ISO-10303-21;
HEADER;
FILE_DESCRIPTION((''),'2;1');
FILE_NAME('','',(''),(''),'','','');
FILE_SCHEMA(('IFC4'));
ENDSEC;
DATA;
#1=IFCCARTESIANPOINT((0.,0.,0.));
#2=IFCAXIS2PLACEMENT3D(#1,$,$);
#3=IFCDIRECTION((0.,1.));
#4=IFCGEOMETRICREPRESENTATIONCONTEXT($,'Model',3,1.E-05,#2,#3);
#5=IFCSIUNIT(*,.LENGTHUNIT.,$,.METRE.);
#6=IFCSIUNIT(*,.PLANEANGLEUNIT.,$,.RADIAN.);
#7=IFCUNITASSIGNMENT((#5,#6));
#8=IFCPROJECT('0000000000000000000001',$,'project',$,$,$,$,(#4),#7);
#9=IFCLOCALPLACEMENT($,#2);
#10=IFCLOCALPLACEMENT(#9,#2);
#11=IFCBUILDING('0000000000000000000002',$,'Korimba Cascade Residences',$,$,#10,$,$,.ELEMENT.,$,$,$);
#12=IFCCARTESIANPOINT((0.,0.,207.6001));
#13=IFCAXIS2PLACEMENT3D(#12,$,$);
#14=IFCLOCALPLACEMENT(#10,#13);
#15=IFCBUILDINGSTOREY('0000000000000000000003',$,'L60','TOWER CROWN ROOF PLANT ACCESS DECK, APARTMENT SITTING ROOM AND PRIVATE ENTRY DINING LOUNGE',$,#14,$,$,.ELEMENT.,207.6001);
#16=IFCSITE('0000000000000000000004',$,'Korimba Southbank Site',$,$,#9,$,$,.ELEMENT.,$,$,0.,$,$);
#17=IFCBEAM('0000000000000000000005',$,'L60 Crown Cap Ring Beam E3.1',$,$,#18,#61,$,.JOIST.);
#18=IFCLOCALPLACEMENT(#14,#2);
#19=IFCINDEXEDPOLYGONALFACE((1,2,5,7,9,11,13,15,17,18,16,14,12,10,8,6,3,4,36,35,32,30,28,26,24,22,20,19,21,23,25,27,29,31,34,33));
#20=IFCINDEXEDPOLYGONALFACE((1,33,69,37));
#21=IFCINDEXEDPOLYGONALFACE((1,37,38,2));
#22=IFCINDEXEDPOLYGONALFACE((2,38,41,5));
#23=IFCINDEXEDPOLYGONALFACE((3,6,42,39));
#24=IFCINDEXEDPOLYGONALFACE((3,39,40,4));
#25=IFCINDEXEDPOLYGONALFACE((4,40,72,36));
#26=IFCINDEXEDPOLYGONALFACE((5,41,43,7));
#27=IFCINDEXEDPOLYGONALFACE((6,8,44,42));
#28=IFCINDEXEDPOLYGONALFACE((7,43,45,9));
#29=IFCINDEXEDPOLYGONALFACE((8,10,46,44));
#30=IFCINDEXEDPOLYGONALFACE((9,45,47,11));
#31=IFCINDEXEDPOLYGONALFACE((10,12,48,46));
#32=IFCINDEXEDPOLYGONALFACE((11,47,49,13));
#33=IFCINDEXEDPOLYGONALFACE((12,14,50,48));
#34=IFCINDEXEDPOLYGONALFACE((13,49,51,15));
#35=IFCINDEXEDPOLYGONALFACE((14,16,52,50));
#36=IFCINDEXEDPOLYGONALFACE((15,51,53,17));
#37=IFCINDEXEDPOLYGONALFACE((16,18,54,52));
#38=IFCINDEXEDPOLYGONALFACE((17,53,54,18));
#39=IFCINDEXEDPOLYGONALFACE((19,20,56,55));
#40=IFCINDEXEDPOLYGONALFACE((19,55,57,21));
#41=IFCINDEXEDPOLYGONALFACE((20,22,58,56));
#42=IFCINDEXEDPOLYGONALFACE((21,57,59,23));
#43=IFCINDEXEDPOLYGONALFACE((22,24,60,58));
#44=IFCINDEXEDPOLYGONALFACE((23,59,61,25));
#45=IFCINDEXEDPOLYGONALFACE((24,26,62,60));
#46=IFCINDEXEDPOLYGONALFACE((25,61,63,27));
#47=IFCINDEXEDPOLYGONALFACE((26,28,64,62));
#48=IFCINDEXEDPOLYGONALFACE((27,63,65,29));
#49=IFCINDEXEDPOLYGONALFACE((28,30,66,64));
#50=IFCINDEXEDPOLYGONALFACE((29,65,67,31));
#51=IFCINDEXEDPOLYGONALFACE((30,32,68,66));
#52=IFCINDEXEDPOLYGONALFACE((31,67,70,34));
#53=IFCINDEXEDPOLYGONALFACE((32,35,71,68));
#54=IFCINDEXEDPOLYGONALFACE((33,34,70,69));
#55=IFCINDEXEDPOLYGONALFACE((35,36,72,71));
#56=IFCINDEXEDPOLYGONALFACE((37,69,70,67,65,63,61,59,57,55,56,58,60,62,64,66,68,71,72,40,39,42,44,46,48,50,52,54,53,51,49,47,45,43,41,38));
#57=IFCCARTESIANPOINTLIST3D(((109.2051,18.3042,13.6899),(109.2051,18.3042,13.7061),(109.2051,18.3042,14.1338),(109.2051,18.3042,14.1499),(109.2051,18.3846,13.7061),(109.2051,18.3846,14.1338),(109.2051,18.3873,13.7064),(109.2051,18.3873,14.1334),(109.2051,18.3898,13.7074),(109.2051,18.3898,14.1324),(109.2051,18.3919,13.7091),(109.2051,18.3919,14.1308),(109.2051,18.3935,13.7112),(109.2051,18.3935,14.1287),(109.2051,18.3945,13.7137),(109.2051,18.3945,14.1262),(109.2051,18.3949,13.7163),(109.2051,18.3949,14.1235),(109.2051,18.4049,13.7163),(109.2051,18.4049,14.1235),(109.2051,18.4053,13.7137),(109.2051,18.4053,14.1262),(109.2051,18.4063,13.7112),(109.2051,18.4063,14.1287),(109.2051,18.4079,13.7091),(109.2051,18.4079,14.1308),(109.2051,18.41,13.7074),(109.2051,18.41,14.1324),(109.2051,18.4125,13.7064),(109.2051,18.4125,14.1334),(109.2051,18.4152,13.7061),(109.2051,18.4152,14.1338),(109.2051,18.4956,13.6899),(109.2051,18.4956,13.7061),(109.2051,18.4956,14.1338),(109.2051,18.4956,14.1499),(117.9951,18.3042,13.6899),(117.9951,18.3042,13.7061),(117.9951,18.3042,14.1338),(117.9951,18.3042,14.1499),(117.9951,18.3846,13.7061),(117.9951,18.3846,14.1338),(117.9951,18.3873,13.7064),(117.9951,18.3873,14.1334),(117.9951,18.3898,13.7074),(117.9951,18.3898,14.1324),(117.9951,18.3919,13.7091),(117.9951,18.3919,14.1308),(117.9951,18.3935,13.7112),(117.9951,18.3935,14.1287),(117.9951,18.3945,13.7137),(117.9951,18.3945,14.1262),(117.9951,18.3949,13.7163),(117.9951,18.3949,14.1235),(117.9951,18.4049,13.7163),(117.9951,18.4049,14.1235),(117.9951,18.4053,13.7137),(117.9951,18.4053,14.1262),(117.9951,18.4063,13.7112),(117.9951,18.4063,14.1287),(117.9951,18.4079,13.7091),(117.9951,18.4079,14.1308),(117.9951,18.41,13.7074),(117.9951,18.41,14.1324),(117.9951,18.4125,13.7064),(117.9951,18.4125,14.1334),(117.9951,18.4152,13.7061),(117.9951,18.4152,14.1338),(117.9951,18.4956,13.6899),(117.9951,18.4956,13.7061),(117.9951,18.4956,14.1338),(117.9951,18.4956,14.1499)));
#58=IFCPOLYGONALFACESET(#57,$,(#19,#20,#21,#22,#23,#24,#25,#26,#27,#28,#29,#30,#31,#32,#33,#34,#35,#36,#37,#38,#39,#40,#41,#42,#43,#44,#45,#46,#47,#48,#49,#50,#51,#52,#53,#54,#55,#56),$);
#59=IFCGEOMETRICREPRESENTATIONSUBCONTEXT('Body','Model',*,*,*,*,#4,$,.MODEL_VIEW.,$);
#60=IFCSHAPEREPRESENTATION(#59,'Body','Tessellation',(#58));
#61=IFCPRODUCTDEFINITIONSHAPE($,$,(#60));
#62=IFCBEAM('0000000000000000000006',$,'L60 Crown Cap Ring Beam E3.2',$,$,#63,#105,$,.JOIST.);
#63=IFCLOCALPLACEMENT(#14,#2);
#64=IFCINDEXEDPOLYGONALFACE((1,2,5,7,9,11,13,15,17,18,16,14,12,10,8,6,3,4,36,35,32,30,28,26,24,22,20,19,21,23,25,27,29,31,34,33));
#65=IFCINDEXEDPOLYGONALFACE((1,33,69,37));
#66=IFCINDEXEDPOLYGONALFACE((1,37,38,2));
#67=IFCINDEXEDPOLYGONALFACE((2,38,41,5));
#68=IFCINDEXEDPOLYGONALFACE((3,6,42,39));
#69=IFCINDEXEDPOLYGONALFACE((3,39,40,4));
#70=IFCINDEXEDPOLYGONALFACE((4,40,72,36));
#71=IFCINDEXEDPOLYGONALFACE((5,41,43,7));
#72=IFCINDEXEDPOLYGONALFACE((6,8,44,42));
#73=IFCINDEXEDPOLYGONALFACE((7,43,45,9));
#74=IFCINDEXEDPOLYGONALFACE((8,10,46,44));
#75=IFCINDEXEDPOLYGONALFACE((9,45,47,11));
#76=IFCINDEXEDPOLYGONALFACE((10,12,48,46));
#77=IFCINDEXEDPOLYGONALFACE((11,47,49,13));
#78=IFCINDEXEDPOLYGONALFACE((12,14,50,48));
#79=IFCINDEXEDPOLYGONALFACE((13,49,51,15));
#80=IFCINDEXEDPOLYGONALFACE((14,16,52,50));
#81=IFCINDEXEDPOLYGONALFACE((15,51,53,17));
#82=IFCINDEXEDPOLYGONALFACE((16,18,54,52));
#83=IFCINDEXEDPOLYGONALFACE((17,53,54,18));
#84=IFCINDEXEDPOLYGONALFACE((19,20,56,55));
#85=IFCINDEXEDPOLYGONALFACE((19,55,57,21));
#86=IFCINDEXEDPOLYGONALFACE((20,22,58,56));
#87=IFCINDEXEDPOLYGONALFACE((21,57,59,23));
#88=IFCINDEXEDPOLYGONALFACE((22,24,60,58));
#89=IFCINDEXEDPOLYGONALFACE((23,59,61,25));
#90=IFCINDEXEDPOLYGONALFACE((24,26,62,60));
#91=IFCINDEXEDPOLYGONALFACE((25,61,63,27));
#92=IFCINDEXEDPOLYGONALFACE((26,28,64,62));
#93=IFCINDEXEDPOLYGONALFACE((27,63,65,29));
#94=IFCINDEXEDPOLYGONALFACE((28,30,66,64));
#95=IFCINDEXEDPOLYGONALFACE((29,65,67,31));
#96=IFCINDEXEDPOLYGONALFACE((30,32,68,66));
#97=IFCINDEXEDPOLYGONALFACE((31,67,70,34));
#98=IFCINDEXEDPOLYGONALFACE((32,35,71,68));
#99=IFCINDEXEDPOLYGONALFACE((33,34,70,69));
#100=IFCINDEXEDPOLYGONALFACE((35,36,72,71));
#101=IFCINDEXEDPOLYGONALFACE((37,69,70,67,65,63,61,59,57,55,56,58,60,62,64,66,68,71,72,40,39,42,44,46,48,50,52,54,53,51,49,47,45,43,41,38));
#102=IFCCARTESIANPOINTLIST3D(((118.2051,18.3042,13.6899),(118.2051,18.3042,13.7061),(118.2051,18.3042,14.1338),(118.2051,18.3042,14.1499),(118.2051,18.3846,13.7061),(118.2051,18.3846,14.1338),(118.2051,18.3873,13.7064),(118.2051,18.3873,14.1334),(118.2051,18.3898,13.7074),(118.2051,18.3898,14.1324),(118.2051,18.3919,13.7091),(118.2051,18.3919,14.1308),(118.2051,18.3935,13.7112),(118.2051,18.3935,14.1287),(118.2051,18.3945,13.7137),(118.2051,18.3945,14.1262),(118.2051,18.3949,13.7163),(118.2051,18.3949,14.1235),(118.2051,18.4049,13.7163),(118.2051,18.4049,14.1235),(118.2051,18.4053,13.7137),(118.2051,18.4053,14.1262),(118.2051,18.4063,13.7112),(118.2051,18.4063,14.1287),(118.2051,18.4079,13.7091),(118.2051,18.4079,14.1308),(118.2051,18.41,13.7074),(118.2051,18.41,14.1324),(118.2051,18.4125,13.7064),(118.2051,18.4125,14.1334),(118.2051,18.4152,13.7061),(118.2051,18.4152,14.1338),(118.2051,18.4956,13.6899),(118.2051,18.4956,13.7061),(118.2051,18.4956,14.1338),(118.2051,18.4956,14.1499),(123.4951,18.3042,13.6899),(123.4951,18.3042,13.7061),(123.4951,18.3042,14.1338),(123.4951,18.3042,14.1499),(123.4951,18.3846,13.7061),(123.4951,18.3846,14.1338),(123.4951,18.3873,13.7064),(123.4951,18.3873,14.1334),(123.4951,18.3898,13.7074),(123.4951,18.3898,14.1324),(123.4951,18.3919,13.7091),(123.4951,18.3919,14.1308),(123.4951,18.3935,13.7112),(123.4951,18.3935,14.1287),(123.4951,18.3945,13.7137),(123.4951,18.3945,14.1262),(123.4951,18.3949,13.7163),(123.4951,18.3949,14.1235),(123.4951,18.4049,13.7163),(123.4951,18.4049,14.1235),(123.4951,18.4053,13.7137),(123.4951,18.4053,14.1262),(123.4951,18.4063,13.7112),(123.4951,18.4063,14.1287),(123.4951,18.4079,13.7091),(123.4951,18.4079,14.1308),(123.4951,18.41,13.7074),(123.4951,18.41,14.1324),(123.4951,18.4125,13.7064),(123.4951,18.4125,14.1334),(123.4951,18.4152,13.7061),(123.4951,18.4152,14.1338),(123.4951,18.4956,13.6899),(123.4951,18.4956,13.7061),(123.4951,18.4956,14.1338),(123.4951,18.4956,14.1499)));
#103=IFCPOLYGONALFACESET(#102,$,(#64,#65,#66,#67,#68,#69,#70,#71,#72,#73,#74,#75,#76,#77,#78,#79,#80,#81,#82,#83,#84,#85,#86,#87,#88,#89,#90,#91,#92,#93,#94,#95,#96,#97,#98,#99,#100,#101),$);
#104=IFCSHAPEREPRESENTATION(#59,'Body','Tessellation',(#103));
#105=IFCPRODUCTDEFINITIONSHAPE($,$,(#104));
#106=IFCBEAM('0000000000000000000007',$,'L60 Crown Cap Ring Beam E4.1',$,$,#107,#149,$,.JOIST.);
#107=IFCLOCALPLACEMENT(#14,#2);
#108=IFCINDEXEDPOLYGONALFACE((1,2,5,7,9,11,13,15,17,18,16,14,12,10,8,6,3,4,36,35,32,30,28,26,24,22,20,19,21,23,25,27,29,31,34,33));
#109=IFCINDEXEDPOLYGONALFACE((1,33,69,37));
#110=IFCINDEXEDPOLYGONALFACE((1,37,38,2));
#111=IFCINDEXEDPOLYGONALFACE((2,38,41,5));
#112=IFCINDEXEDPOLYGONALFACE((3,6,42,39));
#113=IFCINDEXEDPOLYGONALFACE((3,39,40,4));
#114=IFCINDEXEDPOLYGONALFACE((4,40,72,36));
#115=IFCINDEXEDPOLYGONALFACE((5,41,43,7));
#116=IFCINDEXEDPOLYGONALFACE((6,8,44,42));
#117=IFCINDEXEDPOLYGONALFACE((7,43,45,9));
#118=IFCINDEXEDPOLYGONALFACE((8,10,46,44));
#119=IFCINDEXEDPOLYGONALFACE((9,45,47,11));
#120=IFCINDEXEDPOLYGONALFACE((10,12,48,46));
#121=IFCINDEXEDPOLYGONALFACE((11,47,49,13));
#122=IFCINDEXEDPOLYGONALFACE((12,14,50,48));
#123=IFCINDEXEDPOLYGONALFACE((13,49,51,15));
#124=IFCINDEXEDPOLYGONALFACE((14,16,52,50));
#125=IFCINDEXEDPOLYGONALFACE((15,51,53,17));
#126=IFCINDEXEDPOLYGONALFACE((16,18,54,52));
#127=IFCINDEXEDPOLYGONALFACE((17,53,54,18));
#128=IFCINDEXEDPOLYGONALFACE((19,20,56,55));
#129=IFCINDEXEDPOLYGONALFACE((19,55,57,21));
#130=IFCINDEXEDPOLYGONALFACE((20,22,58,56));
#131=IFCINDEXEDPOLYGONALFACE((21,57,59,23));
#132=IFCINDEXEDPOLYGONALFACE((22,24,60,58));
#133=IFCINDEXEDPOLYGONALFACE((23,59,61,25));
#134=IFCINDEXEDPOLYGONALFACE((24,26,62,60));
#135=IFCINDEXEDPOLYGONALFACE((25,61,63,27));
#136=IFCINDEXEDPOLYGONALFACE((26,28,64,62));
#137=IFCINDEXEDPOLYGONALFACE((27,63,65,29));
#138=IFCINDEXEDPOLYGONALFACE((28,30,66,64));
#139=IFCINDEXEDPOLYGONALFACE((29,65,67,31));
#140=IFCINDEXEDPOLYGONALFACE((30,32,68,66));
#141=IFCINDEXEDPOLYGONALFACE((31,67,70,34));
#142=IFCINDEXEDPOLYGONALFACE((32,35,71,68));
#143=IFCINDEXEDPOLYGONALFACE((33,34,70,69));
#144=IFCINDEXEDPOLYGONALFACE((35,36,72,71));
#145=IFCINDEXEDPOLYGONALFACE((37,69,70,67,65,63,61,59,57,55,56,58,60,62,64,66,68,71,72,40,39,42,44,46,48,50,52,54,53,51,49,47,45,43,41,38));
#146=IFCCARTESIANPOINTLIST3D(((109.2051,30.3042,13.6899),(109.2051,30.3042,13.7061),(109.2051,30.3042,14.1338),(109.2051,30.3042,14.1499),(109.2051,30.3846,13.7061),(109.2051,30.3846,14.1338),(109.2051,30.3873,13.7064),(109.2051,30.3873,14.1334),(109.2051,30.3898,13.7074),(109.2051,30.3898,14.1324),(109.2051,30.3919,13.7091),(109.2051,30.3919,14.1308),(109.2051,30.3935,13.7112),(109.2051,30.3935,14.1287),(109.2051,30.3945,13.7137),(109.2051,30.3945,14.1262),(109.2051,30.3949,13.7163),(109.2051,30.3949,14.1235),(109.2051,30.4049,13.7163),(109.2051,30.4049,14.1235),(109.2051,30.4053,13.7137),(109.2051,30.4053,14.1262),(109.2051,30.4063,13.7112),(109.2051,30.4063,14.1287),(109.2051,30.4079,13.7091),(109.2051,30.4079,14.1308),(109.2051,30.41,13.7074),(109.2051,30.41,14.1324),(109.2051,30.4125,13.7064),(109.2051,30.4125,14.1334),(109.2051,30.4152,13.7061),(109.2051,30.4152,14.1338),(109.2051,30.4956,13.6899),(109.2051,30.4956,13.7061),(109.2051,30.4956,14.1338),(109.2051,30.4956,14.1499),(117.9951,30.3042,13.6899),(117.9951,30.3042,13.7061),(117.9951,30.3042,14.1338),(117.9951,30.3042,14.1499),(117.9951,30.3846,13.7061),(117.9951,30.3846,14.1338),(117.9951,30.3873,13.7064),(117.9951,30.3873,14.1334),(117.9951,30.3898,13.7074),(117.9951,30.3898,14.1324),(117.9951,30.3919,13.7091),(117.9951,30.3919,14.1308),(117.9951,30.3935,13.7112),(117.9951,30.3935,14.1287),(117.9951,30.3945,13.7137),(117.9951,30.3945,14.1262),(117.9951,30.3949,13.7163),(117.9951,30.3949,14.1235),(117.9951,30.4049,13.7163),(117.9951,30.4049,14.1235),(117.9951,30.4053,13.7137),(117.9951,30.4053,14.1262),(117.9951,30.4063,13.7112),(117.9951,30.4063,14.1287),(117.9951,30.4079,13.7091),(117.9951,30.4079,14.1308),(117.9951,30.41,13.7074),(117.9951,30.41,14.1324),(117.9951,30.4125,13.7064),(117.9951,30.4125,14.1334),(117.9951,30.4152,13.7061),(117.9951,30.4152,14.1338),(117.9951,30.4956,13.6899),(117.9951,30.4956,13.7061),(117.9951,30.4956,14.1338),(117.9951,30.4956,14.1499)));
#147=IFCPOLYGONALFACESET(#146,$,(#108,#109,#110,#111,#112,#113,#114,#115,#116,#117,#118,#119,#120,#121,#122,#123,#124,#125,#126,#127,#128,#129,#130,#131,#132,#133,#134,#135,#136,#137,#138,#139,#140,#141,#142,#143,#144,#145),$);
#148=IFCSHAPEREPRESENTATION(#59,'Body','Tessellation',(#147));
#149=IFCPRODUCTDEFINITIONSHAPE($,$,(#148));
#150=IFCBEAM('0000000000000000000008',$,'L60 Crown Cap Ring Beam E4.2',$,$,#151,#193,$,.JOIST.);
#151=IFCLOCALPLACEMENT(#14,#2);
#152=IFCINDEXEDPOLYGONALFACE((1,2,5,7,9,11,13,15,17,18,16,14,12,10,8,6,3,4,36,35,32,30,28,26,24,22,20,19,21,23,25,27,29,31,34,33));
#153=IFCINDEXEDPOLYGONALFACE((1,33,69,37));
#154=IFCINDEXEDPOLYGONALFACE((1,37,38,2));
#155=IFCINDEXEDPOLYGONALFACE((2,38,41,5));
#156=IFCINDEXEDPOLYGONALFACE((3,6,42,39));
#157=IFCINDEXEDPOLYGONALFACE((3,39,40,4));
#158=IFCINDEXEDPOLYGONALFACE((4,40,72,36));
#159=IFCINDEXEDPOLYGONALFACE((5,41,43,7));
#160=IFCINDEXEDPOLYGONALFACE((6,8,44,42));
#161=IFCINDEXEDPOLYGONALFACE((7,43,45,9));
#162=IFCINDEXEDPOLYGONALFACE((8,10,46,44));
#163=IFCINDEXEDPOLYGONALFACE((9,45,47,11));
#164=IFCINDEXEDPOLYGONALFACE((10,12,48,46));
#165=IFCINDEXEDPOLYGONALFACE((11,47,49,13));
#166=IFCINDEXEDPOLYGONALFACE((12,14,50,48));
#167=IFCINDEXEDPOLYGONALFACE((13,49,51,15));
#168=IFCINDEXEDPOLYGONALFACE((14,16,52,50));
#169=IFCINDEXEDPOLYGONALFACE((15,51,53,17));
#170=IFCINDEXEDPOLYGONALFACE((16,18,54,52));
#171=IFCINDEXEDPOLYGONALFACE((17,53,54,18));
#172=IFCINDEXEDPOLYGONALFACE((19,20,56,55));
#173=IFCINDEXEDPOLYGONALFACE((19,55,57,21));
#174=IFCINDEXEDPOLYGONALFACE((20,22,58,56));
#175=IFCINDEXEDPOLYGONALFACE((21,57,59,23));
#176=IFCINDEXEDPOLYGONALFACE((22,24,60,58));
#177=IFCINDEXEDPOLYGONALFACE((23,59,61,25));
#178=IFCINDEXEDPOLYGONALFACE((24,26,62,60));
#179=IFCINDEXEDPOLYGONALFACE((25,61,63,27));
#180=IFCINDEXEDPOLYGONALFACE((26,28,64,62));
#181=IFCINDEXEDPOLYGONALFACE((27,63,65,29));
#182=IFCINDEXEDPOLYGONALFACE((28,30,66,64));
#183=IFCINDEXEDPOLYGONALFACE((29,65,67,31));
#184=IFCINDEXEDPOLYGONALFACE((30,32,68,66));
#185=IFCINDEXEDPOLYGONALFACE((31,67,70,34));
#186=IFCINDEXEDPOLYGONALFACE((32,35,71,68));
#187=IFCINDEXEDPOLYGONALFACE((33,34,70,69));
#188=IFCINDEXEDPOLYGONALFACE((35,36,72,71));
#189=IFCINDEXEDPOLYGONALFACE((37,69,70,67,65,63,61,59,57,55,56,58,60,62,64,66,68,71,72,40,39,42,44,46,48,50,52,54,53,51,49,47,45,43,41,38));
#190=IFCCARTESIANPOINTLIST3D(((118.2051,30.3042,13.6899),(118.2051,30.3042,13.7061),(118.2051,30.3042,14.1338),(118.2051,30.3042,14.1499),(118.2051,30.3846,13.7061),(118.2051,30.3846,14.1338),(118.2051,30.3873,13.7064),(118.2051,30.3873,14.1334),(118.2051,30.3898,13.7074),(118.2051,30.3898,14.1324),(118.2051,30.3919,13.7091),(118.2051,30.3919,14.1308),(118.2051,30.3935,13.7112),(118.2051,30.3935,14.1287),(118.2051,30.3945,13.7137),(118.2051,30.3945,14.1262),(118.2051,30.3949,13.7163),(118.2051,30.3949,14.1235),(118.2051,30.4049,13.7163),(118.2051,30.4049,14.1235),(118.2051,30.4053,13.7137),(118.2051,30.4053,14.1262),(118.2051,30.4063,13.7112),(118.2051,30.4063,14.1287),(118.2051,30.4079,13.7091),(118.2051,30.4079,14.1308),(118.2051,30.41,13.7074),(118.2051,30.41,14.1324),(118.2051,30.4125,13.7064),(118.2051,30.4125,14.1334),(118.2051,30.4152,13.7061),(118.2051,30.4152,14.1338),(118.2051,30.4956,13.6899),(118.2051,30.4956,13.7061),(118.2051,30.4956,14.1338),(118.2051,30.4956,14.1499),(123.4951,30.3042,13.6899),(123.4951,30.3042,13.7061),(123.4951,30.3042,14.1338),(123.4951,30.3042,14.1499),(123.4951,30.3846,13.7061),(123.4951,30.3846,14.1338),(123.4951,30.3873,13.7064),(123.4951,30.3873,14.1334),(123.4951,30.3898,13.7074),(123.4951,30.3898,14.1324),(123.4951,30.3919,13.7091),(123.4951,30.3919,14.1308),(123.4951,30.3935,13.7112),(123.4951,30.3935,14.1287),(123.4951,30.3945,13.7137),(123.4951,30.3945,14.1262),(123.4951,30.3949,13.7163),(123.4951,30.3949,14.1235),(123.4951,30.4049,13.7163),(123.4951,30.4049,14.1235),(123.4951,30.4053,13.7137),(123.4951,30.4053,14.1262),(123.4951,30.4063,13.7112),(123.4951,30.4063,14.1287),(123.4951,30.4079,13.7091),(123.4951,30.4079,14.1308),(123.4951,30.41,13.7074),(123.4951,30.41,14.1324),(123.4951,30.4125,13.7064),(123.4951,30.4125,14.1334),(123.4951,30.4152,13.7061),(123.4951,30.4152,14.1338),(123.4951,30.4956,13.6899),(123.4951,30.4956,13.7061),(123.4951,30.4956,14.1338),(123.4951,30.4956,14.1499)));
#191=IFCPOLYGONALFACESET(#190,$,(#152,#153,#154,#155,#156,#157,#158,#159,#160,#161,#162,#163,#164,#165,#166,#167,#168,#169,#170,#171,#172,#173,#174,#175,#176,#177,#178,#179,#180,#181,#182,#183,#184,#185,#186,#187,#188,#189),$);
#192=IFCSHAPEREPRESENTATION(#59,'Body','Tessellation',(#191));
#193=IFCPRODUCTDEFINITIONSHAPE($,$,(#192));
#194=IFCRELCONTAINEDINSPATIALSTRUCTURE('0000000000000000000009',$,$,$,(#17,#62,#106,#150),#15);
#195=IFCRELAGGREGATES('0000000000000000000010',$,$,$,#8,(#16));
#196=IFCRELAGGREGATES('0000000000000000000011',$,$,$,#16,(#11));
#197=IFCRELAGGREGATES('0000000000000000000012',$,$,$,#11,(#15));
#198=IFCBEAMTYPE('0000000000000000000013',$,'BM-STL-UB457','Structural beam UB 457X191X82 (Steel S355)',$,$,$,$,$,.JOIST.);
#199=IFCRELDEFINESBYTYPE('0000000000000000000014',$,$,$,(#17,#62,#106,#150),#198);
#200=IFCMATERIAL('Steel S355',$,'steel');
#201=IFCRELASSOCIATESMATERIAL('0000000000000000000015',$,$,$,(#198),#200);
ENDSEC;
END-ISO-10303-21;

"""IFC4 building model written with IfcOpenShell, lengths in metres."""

from ifc_helpers import new_model, si_unit, direction, frame, origin, origin_2d, place, context, subcontext, project, spatial, i_section, extrude, material, material_profile, profile_set, type_object, element, save


model = new_model("IFC4")

# Units and contexts
model_context = context("Model", 3, precision=1e-05, world=origin(), true_north=direction((0.0, 1.0)))
body_context = subcontext(model_context, "Body", "Model", "MODEL_VIEW")
ifc_project = project(units=[si_unit("LENGTHUNIT", "METRE"), si_unit("PLANEANGLEUNIT", "RADIAN")], contexts=[model_context])

# Site, building, storey
site_placement = place(None, origin())
site = spatial("IfcSite", under=ifc_project, at=site_placement, Name="Korimba Southbank Site", CompositionType="ELEMENT", RefElevation=0.0)
building_placement = place(site_placement, origin())
building = spatial("IfcBuilding", under=site, at=building_placement, Name="Korimba Cascade Residences", CompositionType="ELEMENT")
storey_placement = place(building_placement, frame((0.0, 0.0, 207.6001)))
storey = spatial("IfcBuildingStorey", under=building, at=storey_placement, Name="L60", Description="TOWER CROWN ROOF PLANT ACCESS DECK, APARTMENT SITTING ROOM AND PRIVATE ENTRY DINING LOUNGE", CompositionType="ELEMENT", Elevation=207.6001)

# Shared definitions
ifc_material_1 = material(Name="Steel S355", Category="steel")

# Beams
ifc_material_profile_1 = material_profile(ifc_material_1, i_section(OverallWidth=0.1914, OverallDepth=0.46, WebThickness=0.01, FlangeThickness=0.0161, FilletRadius=0.0103, at=origin_2d()), Name="Steel S355")
ifc_profile_set_1 = profile_set([ifc_material_profile_1], Name="Steel S355")
beam_type_1 = type_object("IfcBeamType", Name="BM-STL-UB457", Description="Structural beam UB 457X191X82 (Steel S355)", PredefinedType="JOIST", material=ifc_profile_set_1)
beam_1_placement = place(storey_placement, frame((109.2051, 18.3999, 13.9199), z_axis=(1.0, 0.0, 0.0), x_axis=(0.0, 1.0, 0.0)))
element("IfcBeam", 1, at=beam_1_placement, inside=storey, type_object=beam_type_1, Name="L60 Crown Cap Ring Beam E3.1", PredefinedType="JOIST", context=body_context, shape_type="SweptSolid", body=[
    extrude(i_section(OverallWidth=0.1914, OverallDepth=0.46, WebThickness=0.01, FlangeThickness=0.0161, FilletRadius=0.0103, at=origin_2d()), origin(), (0.0, 0.0, 1.0), 8.79),
])
beam_2_placement = place(storey_placement, frame((118.2051, 18.3999, 13.9199), z_axis=(1.0, 0.0, 0.0), x_axis=(0.0, 1.0, 0.0)))
element("IfcBeam", 2, at=beam_2_placement, inside=storey, type_object=beam_type_1, Name="L60 Crown Cap Ring Beam E3.2", PredefinedType="JOIST", context=body_context, shape_type="SweptSolid", body=[
    extrude(i_section(OverallWidth=0.1914, OverallDepth=0.46, WebThickness=0.01, FlangeThickness=0.0161, FilletRadius=0.0103, at=origin_2d()), origin(), (0.0, 0.0, 1.0), 5.29),
])
beam_3_placement = place(storey_placement, frame((109.2051, 30.3999, 13.9199), z_axis=(1.0, 0.0, 0.0), x_axis=(0.0, 1.0, 0.0)))
element("IfcBeam", 3, at=beam_3_placement, inside=storey, type_object=beam_type_1, Name="L60 Crown Cap Ring Beam E4.1", PredefinedType="JOIST", context=body_context, shape_type="SweptSolid", body=[
    extrude(i_section(OverallWidth=0.1914, OverallDepth=0.46, WebThickness=0.01, FlangeThickness=0.0161, FilletRadius=0.0103, at=origin_2d()), origin(), (0.0, 0.0, 1.0), 8.79),
])
beam_4_placement = place(storey_placement, frame((118.2051, 30.3999, 13.9199), z_axis=(1.0, 0.0, 0.0), x_axis=(0.0, 1.0, 0.0)))
element("IfcBeam", 4, at=beam_4_placement, inside=storey, type_object=beam_type_1, Name="L60 Crown Cap Ring Beam E4.2", PredefinedType="JOIST", context=body_context, shape_type="SweptSolid", body=[
    extrude(i_section(OverallWidth=0.1914, OverallDepth=0.46, WebThickness=0.01, FlangeThickness=0.0161, FilletRadius=0.0103, at=origin_2d()), origin(), (0.0, 0.0, 1.0), 5.29),
])

save(model, "model.ifc")
